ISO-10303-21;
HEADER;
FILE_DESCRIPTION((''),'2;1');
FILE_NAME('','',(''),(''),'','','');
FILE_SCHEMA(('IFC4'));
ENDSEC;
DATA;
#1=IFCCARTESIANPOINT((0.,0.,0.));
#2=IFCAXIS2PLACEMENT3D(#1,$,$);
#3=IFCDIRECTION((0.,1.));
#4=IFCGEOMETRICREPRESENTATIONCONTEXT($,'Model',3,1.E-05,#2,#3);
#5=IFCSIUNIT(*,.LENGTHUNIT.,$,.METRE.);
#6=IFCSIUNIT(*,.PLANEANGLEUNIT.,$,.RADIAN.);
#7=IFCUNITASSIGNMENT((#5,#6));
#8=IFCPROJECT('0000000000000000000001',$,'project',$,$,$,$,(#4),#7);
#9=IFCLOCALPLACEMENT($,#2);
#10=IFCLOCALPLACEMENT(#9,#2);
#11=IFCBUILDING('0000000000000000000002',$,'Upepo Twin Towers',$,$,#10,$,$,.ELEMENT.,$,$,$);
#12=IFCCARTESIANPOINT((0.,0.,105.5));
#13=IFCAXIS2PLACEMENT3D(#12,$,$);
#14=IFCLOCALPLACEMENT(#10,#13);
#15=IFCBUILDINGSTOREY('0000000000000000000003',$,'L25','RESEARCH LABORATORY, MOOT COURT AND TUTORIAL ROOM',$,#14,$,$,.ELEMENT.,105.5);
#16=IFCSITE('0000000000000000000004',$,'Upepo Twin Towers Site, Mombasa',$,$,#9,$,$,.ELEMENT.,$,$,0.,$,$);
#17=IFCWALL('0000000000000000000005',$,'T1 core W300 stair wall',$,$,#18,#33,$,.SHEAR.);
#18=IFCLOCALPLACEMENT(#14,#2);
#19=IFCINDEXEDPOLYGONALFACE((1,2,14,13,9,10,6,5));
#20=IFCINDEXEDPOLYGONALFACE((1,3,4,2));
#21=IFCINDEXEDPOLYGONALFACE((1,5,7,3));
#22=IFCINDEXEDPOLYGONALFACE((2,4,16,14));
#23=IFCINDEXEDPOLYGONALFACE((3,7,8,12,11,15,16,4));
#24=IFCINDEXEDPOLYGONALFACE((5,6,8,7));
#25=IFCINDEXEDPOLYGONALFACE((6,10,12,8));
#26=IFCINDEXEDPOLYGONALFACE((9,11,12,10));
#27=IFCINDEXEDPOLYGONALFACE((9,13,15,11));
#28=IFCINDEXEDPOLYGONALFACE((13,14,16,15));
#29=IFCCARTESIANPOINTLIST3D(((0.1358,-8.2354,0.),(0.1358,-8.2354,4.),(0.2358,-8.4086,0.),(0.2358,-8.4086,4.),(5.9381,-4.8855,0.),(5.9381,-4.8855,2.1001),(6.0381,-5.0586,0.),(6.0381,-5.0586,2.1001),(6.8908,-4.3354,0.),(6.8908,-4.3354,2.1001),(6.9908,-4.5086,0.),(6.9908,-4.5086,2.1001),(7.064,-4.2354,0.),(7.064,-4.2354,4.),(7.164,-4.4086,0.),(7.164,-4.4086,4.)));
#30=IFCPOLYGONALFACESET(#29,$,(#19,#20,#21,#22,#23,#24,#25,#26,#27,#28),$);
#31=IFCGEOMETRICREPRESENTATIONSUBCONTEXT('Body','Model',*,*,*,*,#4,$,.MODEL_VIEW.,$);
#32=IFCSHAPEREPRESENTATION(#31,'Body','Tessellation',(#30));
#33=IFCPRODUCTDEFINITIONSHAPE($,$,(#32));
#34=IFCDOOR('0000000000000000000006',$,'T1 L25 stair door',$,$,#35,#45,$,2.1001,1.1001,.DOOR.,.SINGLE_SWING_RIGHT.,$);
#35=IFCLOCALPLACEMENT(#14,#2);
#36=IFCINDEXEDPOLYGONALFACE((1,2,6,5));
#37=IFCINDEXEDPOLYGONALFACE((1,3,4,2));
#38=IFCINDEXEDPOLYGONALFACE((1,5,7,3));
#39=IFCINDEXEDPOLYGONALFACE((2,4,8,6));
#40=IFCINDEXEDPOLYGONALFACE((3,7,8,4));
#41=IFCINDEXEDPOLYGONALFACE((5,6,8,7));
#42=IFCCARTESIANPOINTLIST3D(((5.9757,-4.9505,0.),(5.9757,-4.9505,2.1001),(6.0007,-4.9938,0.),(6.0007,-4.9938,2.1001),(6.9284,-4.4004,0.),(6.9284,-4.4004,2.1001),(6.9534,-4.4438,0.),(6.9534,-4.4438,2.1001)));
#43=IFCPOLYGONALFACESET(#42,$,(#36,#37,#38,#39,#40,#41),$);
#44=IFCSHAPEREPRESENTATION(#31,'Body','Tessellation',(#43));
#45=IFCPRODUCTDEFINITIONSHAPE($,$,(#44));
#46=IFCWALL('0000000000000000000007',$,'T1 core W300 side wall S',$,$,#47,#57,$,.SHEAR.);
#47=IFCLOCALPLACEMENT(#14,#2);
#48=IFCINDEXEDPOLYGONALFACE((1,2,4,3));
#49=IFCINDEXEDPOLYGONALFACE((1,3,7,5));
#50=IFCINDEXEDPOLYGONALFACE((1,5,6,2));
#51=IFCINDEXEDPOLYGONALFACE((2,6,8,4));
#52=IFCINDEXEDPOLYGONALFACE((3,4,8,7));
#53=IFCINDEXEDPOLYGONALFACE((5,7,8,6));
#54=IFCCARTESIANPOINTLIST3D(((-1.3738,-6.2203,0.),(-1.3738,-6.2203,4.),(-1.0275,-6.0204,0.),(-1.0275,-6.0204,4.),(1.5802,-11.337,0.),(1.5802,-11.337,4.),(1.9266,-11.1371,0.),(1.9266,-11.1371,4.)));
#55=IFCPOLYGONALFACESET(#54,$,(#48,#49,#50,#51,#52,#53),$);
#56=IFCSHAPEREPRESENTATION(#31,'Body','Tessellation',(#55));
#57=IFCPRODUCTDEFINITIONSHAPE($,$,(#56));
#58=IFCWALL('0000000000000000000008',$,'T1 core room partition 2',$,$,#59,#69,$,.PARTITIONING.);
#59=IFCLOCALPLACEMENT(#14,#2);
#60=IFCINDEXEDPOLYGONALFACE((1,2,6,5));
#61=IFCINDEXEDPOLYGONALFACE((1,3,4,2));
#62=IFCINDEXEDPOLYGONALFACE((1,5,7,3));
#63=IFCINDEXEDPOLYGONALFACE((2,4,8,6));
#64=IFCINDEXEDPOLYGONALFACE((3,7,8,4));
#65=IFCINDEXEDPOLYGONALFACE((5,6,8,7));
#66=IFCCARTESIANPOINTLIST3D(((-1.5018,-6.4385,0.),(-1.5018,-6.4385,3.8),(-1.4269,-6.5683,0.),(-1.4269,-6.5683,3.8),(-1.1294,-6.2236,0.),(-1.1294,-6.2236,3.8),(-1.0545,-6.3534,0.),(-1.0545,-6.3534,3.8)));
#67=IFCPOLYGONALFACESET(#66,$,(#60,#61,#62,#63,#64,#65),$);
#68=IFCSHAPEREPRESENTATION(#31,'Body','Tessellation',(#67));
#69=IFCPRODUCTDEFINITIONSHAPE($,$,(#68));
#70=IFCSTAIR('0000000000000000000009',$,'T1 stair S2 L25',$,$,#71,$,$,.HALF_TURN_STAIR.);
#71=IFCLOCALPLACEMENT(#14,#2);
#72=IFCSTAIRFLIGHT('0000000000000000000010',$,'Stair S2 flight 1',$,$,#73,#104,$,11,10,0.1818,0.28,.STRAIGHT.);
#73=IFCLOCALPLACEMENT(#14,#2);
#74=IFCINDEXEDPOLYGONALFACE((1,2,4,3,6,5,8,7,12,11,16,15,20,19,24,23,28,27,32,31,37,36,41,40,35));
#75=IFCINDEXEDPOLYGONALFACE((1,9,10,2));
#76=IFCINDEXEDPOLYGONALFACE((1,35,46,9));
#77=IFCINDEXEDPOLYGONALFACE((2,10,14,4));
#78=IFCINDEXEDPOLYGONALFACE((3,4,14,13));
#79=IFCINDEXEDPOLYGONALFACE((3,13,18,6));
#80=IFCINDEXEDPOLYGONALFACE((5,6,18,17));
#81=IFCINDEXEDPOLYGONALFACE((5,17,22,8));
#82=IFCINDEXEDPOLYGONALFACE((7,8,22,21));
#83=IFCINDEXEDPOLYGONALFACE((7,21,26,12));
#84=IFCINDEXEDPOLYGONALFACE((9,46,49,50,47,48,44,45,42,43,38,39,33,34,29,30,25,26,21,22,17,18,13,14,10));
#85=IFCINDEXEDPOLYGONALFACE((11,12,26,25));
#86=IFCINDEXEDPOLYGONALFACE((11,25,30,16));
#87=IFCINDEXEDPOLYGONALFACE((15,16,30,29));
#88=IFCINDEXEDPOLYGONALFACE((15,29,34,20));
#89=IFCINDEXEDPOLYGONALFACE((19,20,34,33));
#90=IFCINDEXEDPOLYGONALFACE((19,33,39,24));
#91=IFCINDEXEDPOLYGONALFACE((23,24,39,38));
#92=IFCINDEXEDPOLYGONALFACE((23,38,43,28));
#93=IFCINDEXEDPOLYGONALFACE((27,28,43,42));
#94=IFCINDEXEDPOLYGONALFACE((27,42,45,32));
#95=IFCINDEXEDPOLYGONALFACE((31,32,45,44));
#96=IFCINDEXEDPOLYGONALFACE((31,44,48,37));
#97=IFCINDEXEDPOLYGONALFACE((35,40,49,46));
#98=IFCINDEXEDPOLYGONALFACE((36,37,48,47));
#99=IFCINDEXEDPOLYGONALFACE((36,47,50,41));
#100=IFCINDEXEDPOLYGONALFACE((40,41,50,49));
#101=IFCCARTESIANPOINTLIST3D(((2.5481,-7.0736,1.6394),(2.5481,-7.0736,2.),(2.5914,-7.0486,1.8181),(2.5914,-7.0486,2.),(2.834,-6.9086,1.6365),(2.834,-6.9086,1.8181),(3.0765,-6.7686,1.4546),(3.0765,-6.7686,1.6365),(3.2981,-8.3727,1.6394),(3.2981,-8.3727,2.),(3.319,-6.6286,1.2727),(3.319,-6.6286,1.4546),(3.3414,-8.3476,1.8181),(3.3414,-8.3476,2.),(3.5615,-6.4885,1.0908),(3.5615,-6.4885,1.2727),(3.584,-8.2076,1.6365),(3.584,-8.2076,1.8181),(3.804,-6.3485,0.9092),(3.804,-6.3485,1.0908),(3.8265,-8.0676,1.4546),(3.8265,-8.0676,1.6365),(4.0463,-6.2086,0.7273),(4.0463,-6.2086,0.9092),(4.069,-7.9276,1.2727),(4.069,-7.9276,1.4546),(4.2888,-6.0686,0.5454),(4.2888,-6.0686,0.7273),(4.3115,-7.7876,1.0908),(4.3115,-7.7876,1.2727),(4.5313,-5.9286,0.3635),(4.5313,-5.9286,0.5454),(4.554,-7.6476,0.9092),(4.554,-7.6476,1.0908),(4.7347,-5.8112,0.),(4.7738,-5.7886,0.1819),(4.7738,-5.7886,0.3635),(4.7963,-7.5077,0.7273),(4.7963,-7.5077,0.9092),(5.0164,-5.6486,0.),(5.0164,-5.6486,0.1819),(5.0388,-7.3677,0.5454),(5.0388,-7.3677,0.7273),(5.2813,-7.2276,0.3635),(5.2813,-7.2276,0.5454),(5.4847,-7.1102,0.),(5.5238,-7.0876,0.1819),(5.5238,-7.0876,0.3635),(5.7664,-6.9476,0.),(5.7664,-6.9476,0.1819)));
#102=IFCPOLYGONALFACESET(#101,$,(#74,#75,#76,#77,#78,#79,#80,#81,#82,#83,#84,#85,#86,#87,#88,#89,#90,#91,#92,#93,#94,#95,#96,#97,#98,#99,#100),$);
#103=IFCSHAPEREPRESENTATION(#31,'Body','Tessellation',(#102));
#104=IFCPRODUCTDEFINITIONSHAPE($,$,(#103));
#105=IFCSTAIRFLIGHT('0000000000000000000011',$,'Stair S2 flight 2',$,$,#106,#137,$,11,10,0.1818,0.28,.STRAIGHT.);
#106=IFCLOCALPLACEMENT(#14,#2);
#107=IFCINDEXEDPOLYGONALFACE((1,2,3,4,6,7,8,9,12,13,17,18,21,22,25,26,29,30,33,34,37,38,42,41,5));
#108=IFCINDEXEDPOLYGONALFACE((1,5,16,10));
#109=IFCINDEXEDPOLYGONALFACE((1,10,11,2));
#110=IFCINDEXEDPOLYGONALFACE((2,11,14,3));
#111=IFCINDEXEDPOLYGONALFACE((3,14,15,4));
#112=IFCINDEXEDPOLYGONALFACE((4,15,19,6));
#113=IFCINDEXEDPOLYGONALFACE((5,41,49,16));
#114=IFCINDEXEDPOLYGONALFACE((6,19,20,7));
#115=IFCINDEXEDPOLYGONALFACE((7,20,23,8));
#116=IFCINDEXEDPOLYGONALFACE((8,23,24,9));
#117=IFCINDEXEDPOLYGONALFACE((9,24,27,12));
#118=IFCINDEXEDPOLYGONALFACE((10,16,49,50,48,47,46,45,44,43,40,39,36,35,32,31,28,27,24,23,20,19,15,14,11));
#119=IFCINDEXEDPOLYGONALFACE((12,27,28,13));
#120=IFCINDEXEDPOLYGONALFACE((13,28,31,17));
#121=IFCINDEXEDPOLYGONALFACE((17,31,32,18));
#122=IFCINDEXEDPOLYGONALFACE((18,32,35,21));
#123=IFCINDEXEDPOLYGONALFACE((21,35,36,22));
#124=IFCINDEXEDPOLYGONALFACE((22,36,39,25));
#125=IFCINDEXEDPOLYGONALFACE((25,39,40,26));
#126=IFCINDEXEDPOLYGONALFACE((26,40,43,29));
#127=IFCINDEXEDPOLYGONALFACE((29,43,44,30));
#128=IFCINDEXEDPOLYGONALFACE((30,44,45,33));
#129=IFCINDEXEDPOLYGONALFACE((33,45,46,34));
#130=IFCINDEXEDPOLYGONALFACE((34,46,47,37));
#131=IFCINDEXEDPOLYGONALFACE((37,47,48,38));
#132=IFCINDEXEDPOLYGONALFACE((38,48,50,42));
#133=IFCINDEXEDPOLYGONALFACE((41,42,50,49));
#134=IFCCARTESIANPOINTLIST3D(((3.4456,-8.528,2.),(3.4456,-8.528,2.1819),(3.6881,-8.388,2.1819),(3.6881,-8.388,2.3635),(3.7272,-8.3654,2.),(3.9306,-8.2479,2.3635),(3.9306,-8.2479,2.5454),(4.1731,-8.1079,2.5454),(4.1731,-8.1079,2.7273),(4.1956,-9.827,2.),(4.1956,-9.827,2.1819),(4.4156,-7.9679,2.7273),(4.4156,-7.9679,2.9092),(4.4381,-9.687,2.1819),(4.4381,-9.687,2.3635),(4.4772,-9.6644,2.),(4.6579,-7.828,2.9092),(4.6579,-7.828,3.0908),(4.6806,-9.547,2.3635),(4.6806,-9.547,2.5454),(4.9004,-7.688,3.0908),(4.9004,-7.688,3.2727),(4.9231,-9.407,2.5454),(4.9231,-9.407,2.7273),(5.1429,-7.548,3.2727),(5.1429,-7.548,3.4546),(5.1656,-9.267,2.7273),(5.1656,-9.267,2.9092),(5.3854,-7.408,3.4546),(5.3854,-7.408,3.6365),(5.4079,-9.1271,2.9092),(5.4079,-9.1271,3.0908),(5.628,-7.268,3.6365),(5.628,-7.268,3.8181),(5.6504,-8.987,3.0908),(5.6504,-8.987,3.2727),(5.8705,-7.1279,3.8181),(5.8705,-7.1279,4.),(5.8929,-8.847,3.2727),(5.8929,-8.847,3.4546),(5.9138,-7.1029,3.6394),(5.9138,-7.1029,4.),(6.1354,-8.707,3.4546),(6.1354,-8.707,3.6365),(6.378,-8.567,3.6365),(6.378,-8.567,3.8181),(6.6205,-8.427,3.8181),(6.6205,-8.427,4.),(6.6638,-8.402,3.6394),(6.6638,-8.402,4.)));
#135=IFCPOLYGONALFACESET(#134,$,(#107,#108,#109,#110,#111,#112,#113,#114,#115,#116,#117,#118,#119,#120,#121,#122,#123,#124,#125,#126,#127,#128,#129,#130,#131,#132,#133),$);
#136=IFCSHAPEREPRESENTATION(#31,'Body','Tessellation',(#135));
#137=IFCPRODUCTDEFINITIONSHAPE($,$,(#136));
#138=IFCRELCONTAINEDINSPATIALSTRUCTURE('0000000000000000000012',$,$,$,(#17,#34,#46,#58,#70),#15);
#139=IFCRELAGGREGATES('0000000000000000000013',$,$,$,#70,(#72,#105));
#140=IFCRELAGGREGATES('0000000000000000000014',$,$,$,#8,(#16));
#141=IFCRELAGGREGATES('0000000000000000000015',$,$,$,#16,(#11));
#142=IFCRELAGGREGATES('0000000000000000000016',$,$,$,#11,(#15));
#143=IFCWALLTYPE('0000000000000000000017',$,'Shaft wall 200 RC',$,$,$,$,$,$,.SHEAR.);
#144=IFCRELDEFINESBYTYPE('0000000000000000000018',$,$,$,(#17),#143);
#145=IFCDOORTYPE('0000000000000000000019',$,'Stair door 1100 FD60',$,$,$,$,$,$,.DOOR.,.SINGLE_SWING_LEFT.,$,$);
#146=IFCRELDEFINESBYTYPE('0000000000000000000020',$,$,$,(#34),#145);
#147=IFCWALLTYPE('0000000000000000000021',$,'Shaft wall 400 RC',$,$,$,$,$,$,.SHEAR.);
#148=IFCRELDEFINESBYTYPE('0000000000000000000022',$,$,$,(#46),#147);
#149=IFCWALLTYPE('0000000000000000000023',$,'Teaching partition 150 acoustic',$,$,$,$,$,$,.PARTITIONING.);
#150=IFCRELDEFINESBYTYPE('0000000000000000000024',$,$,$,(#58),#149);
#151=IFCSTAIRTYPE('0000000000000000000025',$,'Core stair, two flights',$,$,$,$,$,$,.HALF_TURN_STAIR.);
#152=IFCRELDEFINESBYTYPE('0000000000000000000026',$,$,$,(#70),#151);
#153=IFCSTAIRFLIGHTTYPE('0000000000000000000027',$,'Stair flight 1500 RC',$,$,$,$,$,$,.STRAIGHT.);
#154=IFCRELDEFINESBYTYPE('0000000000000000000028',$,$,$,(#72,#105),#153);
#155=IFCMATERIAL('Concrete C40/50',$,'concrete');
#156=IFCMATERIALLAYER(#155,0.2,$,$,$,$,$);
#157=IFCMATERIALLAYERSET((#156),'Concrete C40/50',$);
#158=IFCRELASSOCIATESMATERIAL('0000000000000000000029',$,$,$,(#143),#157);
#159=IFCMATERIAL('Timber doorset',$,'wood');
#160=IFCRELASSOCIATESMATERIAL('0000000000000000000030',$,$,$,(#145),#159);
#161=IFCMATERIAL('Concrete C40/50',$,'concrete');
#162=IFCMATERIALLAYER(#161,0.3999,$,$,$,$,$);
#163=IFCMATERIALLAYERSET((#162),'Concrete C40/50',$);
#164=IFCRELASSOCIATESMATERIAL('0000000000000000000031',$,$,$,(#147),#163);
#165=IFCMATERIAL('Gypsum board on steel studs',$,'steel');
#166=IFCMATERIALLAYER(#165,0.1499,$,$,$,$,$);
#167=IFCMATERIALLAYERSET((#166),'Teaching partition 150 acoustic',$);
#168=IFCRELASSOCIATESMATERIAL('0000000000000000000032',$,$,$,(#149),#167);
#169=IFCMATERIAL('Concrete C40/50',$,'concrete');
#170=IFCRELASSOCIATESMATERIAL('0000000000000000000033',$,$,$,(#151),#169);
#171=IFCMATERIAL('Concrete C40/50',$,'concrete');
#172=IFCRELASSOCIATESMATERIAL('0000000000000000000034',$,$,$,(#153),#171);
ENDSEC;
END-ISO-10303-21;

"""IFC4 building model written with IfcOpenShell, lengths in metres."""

from ifc_helpers import new_model, si_unit, direction, frame, frame_2d, origin, place, context, subcontext, project, spatial, polyline, rectangle, outline, extrude, material, layer, layer_set, type_object, element, fill, aggregate, save


model = new_model("IFC4")

# Units and contexts
model_context = context("Model", 3, precision=1e-05, world=origin(), true_north=direction((0.0, 1.0)))
body_context = subcontext(model_context, "Body", "Model", "MODEL_VIEW")
ifc_project = project(units=[si_unit("LENGTHUNIT", "METRE"), si_unit("PLANEANGLEUNIT", "RADIAN")], contexts=[model_context])

# Site, building, storey
site_placement = place(None, origin())
site = spatial("IfcSite", under=ifc_project, at=site_placement, Name="Upepo Twin Towers Site, Mombasa", CompositionType="ELEMENT", RefElevation=0.0)
building_placement = place(site_placement, origin())
building = spatial("IfcBuilding", under=site, at=building_placement, Name="Upepo Twin Towers", CompositionType="ELEMENT")
storey_placement = place(building_placement, frame((0.0, 0.0, 105.5)))
storey = spatial("IfcBuildingStorey", under=building, at=storey_placement, Name="L25", Description="RESEARCH LABORATORY, MOOT COURT AND TUTORIAL ROOM", CompositionType="ELEMENT", Elevation=105.5)

# Shared definitions
ifc_material_1 = material(Name="Concrete C40/50", Category="concrete")
ifc_layer_1 = layer(ifc_material_1, 0.2)
ifc_layer_set_1 = layer_set([ifc_layer_1], Name="Concrete C40/50")
wall_type_1 = type_object("IfcWallType", Name="Shaft wall 200 RC", PredefinedType="SHEAR", material=ifc_layer_set_1)

# Wall, opening, door
wall_1_placement = place(storey_placement, frame((0.1858, -8.322, 0.0), z_axis=(0.0, 0.0, 1.0), x_axis=(0.866026, 0.499999, 0.0)))
wall_1 = element("IfcWall", 1, at=wall_1_placement, inside=storey, type_object=wall_type_1, Name="T1 core W300 stair wall", PredefinedType="SHEAR", context=body_context, shape_type="SweptSolid", body=[
    extrude(rectangle(XDim=8.0, YDim=0.2, at=frame_2d((4.0, 0.0))), origin(), (0.0, 0.0, 1.0), 4.0),
])
opening_1_placement = place(wall_1_placement, frame((6.7, 0.0, 0.0)))
opening_1 = element("IfcOpeningElement", 2, at=opening_1_placement, cuts=wall_1, PredefinedType="OPENING", context=body_context, shape_type="SweptSolid", body=[
    extrude(rectangle(XDim=1.1001, YDim=2.1001, at=frame_2d((0.55, 1.05))), frame((0.0, 0.1099, 0.0), z_axis=(0.0, -1.0, 0.0), x_axis=(1.0, 0.0, 0.0)), (0.0, 0.0, 1.0), 0.22),
])
ifc_material_2 = material(Name="Timber doorset", Category="wood")
door_type_1 = type_object("IfcDoorType", Name="Stair door 1100 FD60", OperationType="SINGLE_SWING_LEFT", PredefinedType="DOOR", material=ifc_material_2)
door_1_placement = place(opening_1_placement, origin())
door_1 = element("IfcDoor", 3, at=door_1_placement, inside=storey, type_object=door_type_1, Name="T1 L25 stair door", OperationType="SINGLE_SWING_RIGHT", OverallHeight=2.1001, OverallWidth=1.1001, PredefinedType="DOOR", context=body_context, shape_type="SweptSolid", body=[
    extrude(rectangle(XDim=1.1001, YDim=2.1001, at=frame_2d((0.55, 1.05))), frame((0.0, 0.0249, 0.0), z_axis=(0.0, -1.0, 0.0), x_axis=(1.0, 0.0, 0.0)), (0.0, 0.0, 1.0), 0.05),
])
fill(opening_1, door_1)

# Walls
ifc_material_3 = material(Name="Concrete C40/50", Category="concrete")
ifc_layer_2 = layer(ifc_material_3, 0.3999)
ifc_layer_set_2 = layer_set([ifc_layer_2], Name="Concrete C40/50")
wall_type_2 = type_object("IfcWallType", Name="Shaft wall 400 RC", PredefinedType="SHEAR", material=ifc_layer_set_2)
wall_2_placement = place(storey_placement, frame((-1.2007, -6.1204, 0.0), z_axis=(0.0, 0.0, 1.0), x_axis=(0.499997, -0.866027, 0.0)))
element("IfcWall", 4, at=wall_2_placement, inside=storey, type_object=wall_type_2, Name="T1 core W300 side wall S", PredefinedType="SHEAR", context=body_context, shape_type="SweptSolid", body=[
    extrude(rectangle(XDim=5.9082, YDim=0.3999, at=frame_2d((2.9541, 0.0))), origin(), (0.0, 0.0, 1.0), 4.0),
])
ifc_material_4 = material(Name="Gypsum board on steel studs", Category="steel")
ifc_layer_3 = layer(ifc_material_4, 0.1499)
ifc_layer_set_3 = layer_set([ifc_layer_3], Name="Teaching partition 150 acoustic")
wall_type_3 = type_object("IfcWallType", Name="Teaching partition 150 acoustic", PredefinedType="PARTITIONING", material=ifc_layer_set_3)
wall_3_placement = place(storey_placement, frame((-1.092, -6.2886, 0.0), z_axis=(0.0, 0.0, 1.0), x_axis=(-0.866138, -0.499804, 0.0)))
element("IfcWall", 5, at=wall_3_placement, inside=storey, type_object=wall_type_3, Name="T1 core room partition 2", PredefinedType="PARTITIONING", context=body_context, shape_type="SweptSolid", body=[
    extrude(rectangle(XDim=0.4299, YDim=0.1499, at=frame_2d((0.2148, 0.0))), origin(), (0.0, 0.0, 1.0), 3.8),
])

# Stair, stair flights
ifc_material_5 = material(Name="Concrete C40/50", Category="concrete")
stair_type = type_object("IfcStairType", Name="Core stair, two flights", PredefinedType="HALF_TURN_STAIR", material=ifc_material_5)
stair_placement = place(storey_placement, origin())
stair = element("IfcStair", 6, at=stair_placement, inside=storey, type_object=stair_type, Name="T1 stair S2 L25", PredefinedType="HALF_TURN_STAIR")
ifc_material_6 = material(Name="Concrete C40/50", Category="concrete")
stair_flight_type = type_object("IfcStairFlightType", Name="Stair flight 1500 RC", PredefinedType="STRAIGHT", material=ifc_material_6)
stair_flight_1_placement = place(storey_placement, frame((5.3914, -6.2981, 0.0), z_axis=(0.0, 0.0, 1.0), x_axis=(-0.866025, -0.5, 0.0)))
stair_flight_1 = element("IfcStairFlight", 7, at=stair_flight_1_placement, type_object=stair_flight_type, Name="Stair S2 flight 1", NumberOfRisers=11, NumberOfTreads=10, PredefinedType="STRAIGHT", RiserHeight=0.1818, TreadLength=0.28, context=body_context, shape_type="SweptSolid", body=[
    extrude(outline(polyline([(0.0, 0.0), (0.0, 0.1819), (0.28, 0.1819), (0.28, 0.3635), (0.5601, 0.3635), (0.5601, 0.5454), (0.8401, 0.5454), (0.8401, 0.7273), (1.1201, 0.7273), (1.1201, 0.9092), (1.3999, 0.9092), (1.3999, 1.0908), (1.6799, 1.0908), (1.6799, 1.2727), (1.96, 1.2727), (1.96, 1.4546), (2.24, 1.4546), (2.24, 1.6365), (2.52, 1.6365), (2.52, 1.8181), (2.8, 1.8181), (2.8, 2.0), (2.8501, 2.0), (2.8501, 1.6394), (0.3252, 0.0), (0.0, 0.0)])), frame((0.0, 0.75, 0.0), z_axis=(0.0, -1.0, 0.0), x_axis=(1.0, 0.0, 0.0)), (0.0, 0.0, 1.0), 1.5),
])
stair_flight_2_placement = place(storey_placement, frame((3.8206, -9.1775, 2.0), z_axis=(0.0, 0.0, 1.0), x_axis=(0.866025, 0.5, 0.0)))
stair_flight_2 = element("IfcStairFlight", 8, at=stair_flight_2_placement, type_object=stair_flight_type, Name="Stair S2 flight 2", NumberOfRisers=11, NumberOfTreads=10, PredefinedType="STRAIGHT", RiserHeight=0.1818, TreadLength=0.28, context=body_context, shape_type="SweptSolid", body=[
    extrude(outline(polyline([(0.0, 0.0), (0.0, 0.1819), (0.28, 0.1819), (0.28, 0.3635), (0.5601, 0.3635), (0.5601, 0.5454), (0.8401, 0.5454), (0.8401, 0.7273), (1.1201, 0.7273), (1.1201, 0.9092), (1.3999, 0.9092), (1.3999, 1.0908), (1.6799, 1.0908), (1.6799, 1.2727), (1.96, 1.2727), (1.96, 1.4546), (2.24, 1.4546), (2.24, 1.6365), (2.52, 1.6365), (2.52, 1.8181), (2.8, 1.8181), (2.8, 2.0), (2.8501, 2.0), (2.8501, 1.6394), (0.3252, 0.0), (0.0, 0.0)])), frame((0.0, 0.75, 0.0), z_axis=(0.0, -1.0, 0.0), x_axis=(1.0, 0.0, 0.0)), (0.0, 0.0, 1.0), 1.5),
])
aggregate(stair, [stair_flight_1, stair_flight_2])

save(model, "model.ifc")
